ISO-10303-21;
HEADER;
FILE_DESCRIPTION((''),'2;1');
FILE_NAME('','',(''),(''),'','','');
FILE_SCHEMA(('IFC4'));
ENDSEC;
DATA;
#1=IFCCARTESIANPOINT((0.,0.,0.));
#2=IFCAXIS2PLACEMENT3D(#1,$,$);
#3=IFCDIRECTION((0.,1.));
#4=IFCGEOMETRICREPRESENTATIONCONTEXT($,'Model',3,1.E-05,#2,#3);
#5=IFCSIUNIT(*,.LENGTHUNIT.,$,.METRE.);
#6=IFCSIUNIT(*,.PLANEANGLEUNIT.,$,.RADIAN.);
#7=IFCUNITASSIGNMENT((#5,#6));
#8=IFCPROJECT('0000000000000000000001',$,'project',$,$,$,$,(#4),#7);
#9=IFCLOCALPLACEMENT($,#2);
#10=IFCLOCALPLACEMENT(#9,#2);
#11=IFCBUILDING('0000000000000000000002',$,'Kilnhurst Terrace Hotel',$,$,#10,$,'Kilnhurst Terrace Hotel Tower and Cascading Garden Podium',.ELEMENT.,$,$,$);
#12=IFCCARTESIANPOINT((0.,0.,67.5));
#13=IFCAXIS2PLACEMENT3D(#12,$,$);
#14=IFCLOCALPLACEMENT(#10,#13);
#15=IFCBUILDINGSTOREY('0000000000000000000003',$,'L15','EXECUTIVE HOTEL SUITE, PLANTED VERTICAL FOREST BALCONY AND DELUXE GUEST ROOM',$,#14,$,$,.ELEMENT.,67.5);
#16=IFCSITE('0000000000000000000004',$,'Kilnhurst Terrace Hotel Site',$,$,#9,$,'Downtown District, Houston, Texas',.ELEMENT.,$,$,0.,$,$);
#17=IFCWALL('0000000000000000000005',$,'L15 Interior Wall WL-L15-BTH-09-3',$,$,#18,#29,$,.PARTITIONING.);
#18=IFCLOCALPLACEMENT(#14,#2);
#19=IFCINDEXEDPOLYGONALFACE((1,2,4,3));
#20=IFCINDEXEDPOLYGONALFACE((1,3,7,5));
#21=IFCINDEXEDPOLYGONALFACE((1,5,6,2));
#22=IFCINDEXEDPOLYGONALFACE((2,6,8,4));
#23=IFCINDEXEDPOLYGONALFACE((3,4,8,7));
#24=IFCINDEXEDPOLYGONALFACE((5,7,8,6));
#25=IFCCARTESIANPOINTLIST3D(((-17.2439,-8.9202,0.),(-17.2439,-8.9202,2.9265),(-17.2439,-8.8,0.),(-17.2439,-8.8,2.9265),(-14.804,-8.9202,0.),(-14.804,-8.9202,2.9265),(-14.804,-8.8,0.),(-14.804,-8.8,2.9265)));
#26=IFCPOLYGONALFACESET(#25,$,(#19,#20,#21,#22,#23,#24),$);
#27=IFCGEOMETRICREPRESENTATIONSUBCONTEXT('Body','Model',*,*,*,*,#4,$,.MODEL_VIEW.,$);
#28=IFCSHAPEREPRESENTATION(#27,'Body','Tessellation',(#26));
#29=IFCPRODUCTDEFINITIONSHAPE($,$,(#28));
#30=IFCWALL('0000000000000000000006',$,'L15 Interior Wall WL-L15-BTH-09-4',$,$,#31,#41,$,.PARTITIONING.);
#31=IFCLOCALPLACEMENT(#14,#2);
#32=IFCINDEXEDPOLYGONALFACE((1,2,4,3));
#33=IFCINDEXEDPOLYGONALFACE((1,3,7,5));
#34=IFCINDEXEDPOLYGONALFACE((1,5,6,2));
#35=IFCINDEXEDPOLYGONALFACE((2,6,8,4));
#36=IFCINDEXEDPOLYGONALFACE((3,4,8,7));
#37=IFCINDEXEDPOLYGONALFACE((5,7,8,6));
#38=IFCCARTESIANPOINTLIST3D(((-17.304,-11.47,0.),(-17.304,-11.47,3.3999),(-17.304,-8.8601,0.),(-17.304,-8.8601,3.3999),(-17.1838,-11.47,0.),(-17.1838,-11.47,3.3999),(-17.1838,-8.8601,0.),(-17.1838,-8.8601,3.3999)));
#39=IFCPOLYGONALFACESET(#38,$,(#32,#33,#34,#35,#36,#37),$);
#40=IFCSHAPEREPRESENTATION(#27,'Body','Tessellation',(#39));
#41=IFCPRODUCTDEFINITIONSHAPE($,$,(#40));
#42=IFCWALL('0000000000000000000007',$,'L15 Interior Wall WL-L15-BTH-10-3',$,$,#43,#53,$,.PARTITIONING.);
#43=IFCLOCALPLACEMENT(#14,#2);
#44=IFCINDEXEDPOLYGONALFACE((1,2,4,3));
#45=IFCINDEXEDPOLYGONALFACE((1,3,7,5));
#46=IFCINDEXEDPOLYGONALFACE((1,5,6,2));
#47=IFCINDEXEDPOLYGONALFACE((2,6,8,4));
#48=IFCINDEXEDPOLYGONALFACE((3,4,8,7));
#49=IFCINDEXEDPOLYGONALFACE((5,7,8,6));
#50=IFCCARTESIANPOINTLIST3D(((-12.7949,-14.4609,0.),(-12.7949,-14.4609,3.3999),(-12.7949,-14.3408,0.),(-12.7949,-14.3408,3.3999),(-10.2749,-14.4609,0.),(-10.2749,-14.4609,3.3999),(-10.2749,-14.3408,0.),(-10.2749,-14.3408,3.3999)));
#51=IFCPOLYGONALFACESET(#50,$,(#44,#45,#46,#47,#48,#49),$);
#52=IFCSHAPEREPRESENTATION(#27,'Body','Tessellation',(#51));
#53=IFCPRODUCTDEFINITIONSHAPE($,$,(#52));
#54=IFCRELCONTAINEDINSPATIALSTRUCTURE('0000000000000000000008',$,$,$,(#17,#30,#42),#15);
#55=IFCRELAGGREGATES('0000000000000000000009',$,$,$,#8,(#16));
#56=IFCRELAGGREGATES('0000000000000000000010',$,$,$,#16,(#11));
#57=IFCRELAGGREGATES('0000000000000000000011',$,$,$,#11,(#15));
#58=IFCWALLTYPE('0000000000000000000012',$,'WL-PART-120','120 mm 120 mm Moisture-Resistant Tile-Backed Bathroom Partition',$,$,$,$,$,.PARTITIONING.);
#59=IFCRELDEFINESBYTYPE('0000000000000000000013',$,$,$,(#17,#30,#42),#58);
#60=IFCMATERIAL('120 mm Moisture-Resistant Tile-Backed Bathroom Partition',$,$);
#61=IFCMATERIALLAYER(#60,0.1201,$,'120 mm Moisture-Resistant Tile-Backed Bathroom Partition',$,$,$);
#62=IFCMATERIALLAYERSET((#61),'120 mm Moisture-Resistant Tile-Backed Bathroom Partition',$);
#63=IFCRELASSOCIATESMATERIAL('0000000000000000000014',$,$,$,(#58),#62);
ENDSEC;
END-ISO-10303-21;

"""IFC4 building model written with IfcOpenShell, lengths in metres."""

from ifc_helpers import new_model, si_unit, direction, frame, frame_2d, origin, place, context, subcontext, project, spatial, rectangle, extrude, material, layer, layer_set, type_object, element, save


model = new_model("IFC4")

# Units and contexts
model_context = context("Model", 3, precision=1e-05, world=origin(), true_north=direction((0.0, 1.0)))
body_context = subcontext(model_context, "Body", "Model", "MODEL_VIEW")
ifc_project = project(units=[si_unit("LENGTHUNIT", "METRE"), si_unit("PLANEANGLEUNIT", "RADIAN")], contexts=[model_context])

# Site, building, storey
site_placement = place(None, origin())
site = spatial("IfcSite", under=ifc_project, at=site_placement, Name="Kilnhurst Terrace Hotel Site", LongName="Downtown District, Houston, Texas", CompositionType="ELEMENT", RefElevation=0.0)
building_placement = place(site_placement, origin())
building = spatial("IfcBuilding", under=site, at=building_placement, Name="Kilnhurst Terrace Hotel", LongName="Kilnhurst Terrace Hotel Tower and Cascading Garden Podium", CompositionType="ELEMENT")
storey_placement = place(building_placement, frame((0.0, 0.0, 67.5)))
storey = spatial("IfcBuildingStorey", under=building, at=storey_placement, Name="L15", Description="EXECUTIVE HOTEL SUITE, PLANTED VERTICAL FOREST BALCONY AND DELUXE GUEST ROOM", CompositionType="ELEMENT", Elevation=67.5)

# Shared definitions
ifc_material_1 = material(Name="120 mm Moisture-Resistant Tile-Backed Bathroom Partition")
ifc_layer_1 = layer(ifc_material_1, 0.1201, Name="120 mm Moisture-Resistant Tile-Backed Bathroom Partition")
ifc_layer_set_1 = layer_set([ifc_layer_1], Name="120 mm Moisture-Resistant Tile-Backed Bathroom Partition")
wall_type_1 = type_object("IfcWallType", Name="WL-PART-120", Description="120 mm 120 mm Moisture-Resistant Tile-Backed Bathroom Partition", PredefinedType="PARTITIONING", material=ifc_layer_set_1)

# Walls
wall_1_placement = place(storey_placement, frame((-14.804, -8.8601, 0.0), z_axis=(0.0, 0.0, 1.0), x_axis=(-1.0, 0.0, 0.0)))
element("IfcWall", 1, at=wall_1_placement, inside=storey, type_object=wall_type_1, Name="L15 Interior Wall WL-L15-BTH-09-3", PredefinedType="PARTITIONING", context=body_context, shape_type="SweptSolid", body=[
    extrude(rectangle(XDim=2.4399, YDim=0.1201, at=frame_2d((1.22, 0.0))), origin(), (0.0, 0.0, 1.0), 2.9265),
])
wall_2_placement = place(storey_placement, frame((-17.2439, -8.8601, 0.0), z_axis=(0.0, 0.0, 1.0), x_axis=(0.0, -1.0, 0.0)))
element("IfcWall", 2, at=wall_2_placement, inside=storey, type_object=wall_type_1, Name="L15 Interior Wall WL-L15-BTH-09-4", PredefinedType="PARTITIONING", context=body_context, shape_type="SweptSolid", body=[
    extrude(rectangle(XDim=2.6099, YDim=0.1201, at=frame_2d((1.3049, 0.0))), origin(), (0.0, 0.0, 1.0), 3.3999),
])
wall_3_placement = place(storey_placement, frame((-10.2749, -14.4009, 0.0), z_axis=(0.0, 0.0, 1.0), x_axis=(-1.0, 0.0, 0.0)))
element("IfcWall", 3, at=wall_3_placement, inside=storey, type_object=wall_type_1, Name="L15 Interior Wall WL-L15-BTH-10-3", PredefinedType="PARTITIONING", context=body_context, shape_type="SweptSolid", body=[
    extrude(rectangle(XDim=2.52, YDim=0.1201, at=frame_2d((1.26, 0.0))), origin(), (0.0, 0.0, 1.0), 3.3999),
])

save(model, "model.ifc")
